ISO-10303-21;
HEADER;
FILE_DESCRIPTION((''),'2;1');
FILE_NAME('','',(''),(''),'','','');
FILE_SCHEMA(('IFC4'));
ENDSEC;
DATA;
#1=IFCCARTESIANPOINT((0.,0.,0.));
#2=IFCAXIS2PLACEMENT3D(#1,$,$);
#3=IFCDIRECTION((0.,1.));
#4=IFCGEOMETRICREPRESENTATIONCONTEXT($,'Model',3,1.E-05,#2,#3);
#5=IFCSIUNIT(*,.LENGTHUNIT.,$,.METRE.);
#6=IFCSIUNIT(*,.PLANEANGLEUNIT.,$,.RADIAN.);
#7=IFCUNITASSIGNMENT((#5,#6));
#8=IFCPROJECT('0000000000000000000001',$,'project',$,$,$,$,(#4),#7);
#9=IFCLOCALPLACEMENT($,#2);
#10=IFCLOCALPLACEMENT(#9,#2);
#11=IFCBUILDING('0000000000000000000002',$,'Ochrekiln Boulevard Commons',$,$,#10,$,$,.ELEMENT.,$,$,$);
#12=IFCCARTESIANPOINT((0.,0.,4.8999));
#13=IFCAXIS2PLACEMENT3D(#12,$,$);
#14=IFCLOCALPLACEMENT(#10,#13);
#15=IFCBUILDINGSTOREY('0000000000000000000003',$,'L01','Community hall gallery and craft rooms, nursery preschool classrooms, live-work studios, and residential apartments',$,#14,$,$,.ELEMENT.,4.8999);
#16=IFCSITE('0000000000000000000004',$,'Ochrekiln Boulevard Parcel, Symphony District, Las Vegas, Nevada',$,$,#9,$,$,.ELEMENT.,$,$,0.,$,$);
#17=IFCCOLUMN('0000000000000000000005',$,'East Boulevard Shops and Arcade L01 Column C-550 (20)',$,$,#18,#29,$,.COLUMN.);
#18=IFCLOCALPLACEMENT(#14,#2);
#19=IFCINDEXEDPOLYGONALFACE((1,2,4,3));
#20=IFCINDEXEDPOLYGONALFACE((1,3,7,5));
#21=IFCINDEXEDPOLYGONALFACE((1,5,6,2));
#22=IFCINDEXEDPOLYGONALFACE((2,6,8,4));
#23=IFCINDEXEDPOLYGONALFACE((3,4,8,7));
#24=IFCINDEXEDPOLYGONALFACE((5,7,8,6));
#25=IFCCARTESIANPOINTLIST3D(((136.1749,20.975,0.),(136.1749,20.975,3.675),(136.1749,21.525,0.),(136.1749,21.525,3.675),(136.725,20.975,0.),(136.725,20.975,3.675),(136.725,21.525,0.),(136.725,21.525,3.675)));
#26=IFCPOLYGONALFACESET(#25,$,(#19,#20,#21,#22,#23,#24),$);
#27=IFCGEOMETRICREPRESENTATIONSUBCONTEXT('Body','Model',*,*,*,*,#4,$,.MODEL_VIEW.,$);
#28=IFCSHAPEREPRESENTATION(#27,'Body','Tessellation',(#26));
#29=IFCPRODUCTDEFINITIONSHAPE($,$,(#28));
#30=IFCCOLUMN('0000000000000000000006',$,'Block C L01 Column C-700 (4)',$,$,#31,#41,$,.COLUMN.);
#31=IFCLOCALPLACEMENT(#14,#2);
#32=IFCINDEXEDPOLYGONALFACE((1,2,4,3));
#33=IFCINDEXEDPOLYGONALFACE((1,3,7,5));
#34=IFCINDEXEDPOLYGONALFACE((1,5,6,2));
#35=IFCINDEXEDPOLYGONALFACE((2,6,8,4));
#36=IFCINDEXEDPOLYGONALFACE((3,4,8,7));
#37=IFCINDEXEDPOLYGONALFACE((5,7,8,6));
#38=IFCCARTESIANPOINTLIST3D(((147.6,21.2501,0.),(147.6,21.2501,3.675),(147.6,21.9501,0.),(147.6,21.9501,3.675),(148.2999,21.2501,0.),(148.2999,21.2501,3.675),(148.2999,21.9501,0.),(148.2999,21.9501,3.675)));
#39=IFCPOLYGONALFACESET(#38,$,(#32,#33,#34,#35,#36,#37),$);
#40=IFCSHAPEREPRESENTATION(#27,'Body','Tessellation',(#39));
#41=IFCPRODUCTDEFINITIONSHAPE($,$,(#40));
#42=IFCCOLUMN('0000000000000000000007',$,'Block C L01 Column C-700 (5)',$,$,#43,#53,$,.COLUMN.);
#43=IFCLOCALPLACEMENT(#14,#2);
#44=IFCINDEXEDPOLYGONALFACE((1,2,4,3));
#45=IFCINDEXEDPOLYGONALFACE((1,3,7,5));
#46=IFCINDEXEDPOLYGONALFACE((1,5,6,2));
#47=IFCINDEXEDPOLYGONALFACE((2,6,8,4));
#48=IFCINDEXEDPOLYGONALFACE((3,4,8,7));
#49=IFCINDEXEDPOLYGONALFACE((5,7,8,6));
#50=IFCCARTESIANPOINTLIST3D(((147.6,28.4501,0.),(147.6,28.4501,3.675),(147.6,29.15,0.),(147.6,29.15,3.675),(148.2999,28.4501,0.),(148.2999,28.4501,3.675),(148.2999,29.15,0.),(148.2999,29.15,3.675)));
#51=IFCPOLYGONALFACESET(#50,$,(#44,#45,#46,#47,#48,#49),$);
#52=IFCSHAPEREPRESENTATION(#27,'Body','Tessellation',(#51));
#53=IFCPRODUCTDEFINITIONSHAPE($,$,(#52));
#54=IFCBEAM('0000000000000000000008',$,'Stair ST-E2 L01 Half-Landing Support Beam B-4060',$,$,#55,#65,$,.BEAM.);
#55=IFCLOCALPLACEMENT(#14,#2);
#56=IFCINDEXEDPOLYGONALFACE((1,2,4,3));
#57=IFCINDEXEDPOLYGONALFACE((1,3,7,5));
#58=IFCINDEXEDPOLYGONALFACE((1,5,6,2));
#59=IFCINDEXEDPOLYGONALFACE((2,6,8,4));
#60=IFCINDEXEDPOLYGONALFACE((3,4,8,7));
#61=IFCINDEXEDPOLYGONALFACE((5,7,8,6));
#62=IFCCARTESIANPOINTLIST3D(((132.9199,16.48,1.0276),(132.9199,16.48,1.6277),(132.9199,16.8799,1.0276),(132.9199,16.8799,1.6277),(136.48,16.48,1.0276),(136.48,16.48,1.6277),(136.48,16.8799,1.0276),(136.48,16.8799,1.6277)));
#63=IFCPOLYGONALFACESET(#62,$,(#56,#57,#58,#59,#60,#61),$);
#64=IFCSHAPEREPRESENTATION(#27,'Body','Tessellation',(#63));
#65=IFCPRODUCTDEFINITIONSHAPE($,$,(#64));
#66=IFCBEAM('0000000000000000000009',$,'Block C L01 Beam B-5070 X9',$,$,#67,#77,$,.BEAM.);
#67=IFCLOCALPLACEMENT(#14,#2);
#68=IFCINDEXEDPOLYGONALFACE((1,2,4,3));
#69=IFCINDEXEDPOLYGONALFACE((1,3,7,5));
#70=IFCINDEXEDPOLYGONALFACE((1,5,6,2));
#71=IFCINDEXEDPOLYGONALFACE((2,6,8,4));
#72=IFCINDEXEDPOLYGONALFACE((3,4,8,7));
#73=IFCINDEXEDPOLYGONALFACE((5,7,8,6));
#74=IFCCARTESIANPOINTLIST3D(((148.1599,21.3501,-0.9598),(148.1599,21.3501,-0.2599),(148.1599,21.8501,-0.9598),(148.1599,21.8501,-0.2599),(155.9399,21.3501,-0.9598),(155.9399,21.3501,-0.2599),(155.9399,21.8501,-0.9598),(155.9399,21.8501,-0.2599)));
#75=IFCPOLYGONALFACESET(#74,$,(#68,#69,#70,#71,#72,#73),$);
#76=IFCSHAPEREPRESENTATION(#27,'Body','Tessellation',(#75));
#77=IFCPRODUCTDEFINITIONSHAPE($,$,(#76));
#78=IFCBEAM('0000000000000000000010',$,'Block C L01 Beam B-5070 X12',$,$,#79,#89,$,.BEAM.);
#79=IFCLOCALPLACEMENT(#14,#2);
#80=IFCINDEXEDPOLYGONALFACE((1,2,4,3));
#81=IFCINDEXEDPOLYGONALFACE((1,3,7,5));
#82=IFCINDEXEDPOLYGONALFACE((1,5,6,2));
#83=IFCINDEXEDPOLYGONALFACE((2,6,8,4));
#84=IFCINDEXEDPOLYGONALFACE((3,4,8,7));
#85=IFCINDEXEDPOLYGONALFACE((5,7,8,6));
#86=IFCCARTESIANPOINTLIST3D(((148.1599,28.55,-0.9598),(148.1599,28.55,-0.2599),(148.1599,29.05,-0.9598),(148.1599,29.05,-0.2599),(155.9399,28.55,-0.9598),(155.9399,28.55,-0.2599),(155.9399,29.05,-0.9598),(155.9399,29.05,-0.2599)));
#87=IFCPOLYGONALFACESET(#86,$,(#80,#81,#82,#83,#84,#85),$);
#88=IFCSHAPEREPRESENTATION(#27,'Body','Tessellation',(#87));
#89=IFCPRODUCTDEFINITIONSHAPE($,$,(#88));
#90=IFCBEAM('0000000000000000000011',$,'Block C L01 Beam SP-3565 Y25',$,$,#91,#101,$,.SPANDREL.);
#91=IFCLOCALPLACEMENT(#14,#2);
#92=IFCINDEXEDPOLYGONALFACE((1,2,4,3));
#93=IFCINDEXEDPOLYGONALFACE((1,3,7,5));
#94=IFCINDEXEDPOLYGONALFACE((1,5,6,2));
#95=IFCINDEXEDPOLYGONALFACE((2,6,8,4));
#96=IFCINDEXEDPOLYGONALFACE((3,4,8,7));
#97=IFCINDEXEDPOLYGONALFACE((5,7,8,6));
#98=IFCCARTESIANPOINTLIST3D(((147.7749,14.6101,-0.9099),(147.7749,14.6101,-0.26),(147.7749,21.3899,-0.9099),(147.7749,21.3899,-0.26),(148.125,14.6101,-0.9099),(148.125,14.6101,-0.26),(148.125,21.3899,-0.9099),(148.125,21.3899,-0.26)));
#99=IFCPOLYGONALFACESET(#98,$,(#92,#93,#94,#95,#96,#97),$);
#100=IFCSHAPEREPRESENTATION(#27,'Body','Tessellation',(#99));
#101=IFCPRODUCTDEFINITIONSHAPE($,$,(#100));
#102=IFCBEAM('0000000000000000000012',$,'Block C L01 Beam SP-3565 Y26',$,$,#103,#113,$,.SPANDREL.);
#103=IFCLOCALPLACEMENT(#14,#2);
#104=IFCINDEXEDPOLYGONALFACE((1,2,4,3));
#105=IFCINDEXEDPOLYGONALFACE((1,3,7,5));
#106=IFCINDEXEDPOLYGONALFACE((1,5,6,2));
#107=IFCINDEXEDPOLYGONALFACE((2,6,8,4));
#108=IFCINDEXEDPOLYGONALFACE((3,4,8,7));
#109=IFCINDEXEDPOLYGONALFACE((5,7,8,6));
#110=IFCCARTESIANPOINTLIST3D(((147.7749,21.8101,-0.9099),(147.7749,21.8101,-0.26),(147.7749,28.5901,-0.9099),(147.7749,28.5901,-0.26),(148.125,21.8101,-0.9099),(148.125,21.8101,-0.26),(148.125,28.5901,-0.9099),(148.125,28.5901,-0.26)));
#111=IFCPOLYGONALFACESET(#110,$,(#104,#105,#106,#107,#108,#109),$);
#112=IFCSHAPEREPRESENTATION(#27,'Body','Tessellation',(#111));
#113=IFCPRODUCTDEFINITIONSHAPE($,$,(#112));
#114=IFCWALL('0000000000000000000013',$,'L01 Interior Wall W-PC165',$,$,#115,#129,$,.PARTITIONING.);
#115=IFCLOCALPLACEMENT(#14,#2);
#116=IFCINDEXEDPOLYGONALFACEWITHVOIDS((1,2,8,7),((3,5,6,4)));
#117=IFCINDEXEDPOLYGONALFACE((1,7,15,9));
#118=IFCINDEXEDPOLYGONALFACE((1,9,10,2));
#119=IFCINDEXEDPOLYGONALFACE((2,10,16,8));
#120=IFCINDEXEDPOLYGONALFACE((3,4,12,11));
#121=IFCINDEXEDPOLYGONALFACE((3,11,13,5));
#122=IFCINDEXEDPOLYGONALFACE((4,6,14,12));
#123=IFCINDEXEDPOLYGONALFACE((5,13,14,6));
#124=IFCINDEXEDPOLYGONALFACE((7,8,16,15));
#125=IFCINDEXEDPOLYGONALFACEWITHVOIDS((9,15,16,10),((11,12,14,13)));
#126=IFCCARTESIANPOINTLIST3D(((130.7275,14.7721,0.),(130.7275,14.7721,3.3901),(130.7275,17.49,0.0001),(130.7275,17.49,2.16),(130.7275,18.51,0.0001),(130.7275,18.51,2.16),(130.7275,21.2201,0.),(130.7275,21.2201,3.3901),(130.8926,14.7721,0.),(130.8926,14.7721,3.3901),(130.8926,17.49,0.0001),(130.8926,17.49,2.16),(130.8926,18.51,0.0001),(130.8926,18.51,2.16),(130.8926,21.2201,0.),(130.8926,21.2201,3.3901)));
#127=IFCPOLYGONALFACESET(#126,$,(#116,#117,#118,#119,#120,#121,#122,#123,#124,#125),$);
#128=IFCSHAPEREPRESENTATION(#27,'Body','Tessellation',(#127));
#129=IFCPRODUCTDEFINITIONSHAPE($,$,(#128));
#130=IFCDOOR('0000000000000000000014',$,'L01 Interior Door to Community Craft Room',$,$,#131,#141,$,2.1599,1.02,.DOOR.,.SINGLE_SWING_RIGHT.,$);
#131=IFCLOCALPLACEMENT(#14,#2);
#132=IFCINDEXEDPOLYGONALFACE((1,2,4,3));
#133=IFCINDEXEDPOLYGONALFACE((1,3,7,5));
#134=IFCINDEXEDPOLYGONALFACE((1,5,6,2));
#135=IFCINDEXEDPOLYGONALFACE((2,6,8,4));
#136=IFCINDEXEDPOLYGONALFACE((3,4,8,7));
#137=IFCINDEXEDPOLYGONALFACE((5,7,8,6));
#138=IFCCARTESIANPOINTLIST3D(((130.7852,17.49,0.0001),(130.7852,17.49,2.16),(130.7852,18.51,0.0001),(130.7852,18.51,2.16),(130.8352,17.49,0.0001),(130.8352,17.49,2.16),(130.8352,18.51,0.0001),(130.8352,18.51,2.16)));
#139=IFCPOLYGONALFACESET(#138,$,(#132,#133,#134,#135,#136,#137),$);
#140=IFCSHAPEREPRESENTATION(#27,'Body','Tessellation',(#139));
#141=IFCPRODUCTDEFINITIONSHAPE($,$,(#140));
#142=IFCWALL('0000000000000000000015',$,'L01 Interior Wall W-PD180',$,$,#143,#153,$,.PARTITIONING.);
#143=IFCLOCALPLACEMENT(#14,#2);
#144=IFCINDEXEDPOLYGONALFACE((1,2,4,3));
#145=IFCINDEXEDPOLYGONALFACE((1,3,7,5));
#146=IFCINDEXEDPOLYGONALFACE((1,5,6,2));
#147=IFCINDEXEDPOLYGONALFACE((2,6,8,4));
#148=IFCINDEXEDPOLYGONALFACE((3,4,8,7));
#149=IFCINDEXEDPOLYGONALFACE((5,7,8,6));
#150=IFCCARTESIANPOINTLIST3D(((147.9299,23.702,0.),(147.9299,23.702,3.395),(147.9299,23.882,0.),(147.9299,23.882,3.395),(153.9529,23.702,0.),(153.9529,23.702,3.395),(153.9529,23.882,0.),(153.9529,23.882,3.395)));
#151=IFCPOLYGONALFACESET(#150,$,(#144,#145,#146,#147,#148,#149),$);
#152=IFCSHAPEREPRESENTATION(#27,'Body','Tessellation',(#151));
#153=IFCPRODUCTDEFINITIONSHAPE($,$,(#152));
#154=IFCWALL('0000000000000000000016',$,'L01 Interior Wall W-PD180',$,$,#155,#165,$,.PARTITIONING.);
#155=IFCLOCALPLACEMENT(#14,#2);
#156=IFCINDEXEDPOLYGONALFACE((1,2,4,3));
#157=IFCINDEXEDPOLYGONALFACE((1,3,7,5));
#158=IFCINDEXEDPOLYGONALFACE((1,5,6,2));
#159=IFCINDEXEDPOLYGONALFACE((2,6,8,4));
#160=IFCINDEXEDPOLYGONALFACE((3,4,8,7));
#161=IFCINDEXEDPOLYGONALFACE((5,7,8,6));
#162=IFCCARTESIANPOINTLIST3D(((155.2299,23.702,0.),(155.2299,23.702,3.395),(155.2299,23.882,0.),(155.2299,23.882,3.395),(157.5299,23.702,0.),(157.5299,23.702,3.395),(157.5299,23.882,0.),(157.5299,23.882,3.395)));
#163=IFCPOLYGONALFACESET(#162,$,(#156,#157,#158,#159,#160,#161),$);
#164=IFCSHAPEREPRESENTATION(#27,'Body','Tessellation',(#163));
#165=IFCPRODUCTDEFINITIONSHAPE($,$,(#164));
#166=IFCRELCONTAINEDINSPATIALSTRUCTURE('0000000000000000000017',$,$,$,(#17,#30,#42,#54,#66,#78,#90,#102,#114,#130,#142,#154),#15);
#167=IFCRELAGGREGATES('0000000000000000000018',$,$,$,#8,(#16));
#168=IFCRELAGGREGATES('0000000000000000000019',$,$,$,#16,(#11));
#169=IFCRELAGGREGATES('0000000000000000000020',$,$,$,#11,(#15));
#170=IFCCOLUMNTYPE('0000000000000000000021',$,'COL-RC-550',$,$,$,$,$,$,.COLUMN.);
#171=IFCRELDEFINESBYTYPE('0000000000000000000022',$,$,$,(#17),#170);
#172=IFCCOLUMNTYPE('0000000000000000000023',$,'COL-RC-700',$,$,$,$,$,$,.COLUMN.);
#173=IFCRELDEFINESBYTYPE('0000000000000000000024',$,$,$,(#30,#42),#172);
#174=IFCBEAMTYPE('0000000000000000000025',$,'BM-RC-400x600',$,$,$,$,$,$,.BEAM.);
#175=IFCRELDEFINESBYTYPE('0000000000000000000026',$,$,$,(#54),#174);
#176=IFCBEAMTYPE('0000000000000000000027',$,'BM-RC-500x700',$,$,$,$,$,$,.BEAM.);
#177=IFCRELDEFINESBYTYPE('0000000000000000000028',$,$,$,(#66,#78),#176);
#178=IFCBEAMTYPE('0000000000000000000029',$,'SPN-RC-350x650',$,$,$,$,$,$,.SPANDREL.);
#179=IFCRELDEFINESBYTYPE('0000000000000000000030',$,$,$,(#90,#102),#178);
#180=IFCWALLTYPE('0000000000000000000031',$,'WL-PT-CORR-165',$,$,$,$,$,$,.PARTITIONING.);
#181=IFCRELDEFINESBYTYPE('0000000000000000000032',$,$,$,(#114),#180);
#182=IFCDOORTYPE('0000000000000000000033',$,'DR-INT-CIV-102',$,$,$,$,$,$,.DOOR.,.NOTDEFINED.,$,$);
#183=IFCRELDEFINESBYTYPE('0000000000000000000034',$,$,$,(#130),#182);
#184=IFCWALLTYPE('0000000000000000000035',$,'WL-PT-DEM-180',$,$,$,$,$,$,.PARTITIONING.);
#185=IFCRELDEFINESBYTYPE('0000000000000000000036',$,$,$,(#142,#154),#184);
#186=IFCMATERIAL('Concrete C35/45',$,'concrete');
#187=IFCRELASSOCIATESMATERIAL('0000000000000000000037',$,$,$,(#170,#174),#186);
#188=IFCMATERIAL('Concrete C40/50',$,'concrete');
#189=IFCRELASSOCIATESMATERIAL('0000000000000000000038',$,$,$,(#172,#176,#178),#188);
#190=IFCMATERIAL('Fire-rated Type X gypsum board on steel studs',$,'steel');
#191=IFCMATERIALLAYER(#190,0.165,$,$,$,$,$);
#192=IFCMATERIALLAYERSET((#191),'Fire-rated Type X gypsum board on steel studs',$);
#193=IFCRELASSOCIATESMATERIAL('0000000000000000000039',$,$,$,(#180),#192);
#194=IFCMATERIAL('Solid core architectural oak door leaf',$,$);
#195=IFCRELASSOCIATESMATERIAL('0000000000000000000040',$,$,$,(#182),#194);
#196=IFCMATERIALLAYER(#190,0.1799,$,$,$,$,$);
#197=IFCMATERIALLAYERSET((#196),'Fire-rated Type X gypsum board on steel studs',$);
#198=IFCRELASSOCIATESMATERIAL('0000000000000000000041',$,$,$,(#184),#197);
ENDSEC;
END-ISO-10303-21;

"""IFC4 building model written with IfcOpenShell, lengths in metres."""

from ifc_helpers import new_model, si_unit, direction, frame, frame_2d, origin, origin_2d, place, context, subcontext, project, spatial, rectangle, extrude, material, layer, layer_set, material_profile, profile_set, type_object, element, fill, save


model = new_model("IFC4")

# Units and contexts
model_context = context("Model", 3, precision=1e-05, world=origin(), true_north=direction((0.0, 1.0)))
body_context = subcontext(model_context, "Body", "Model", "MODEL_VIEW")
ifc_project = project(units=[si_unit("LENGTHUNIT", "METRE"), si_unit("PLANEANGLEUNIT", "RADIAN")], contexts=[model_context])

# Site, building, storey
site_placement = place(None, origin())
site = spatial("IfcSite", under=ifc_project, at=site_placement, Name="Ochrekiln Boulevard Parcel, Symphony District, Las Vegas, Nevada", CompositionType="ELEMENT", RefElevation=0.0)
building_placement = place(site_placement, origin())
building = spatial("IfcBuilding", under=site, at=building_placement, Name="Ochrekiln Boulevard Commons", CompositionType="ELEMENT")
storey_placement = place(building_placement, frame((0.0, 0.0, 4.8999)))
storey = spatial("IfcBuildingStorey", under=building, at=storey_placement, Name="L01", Description="Community hall gallery and craft rooms, nursery preschool classrooms, live-work studios, and residential apartments", CompositionType="ELEMENT", Elevation=4.8999)

# Columns
ifc_material_1 = material(Name="Concrete C35/45", Category="concrete")
ifc_material_profile_1 = material_profile(ifc_material_1, rectangle(XDim=0.55, YDim=0.55, at=origin_2d()), Name="RC-COL-550x550")
ifc_profile_set_1 = profile_set([ifc_material_profile_1], Name="Concrete C35/45")
column_type_1 = type_object("IfcColumnType", Name="COL-RC-550", PredefinedType="COLUMN", material=ifc_profile_set_1)
column_placement = place(storey_placement, frame((136.45, 21.25, 0.0), z_axis=(0.0, 0.0, 1.0), x_axis=(1.0, 0.0, 0.0)))
element("IfcColumn", 1, at=column_placement, inside=storey, type_object=column_type_1, Name="East Boulevard Shops and Arcade L01 Column C-550 (20)", PredefinedType="COLUMN", context=body_context, shape_type="SweptSolid", body=[
    extrude(rectangle(XDim=0.55, YDim=0.55, at=origin_2d()), origin(), (0.0, 0.0, 1.0), 3.675),
])
ifc_material_2 = material(Name="Concrete C40/50", Category="concrete")
ifc_material_profile_2 = material_profile(ifc_material_2, rectangle(XDim=0.7, YDim=0.7, at=origin_2d()), Name="RC-COL-700x700")
ifc_profile_set_2 = profile_set([ifc_material_profile_2], Name="Concrete C40/50")
column_type_2 = type_object("IfcColumnType", Name="COL-RC-700", PredefinedType="COLUMN", material=ifc_profile_set_2)
for number, where, z_axis, x_axis, name in (
    (2, (147.95, 21.6001, 0.0), (0.0, 0.0, 1.0), (1.0, 0.0, 0.0), "Block C L01 Column C-700 (4)"),
    (3, (147.95, 28.8, 0.0), (0.0, 0.0, 1.0), (1.0, 0.0, 0.0), "Block C L01 Column C-700 (5)"),
):
    element("IfcColumn", number, at=place(storey_placement, frame(where, z_axis=z_axis, x_axis=x_axis)), inside=storey, type_object=column_type_2, Name=name, PredefinedType="COLUMN", context=body_context, shape_type="SweptSolid", body=[
        extrude(rectangle(XDim=0.7, YDim=0.7, at=origin_2d()), origin(), (0.0, 0.0, 1.0), 3.675),
    ])

# Beams
ifc_material_profile_3 = material_profile(ifc_material_1, rectangle(XDim=0.3999, YDim=0.6001, at=origin_2d()), Name="RC-BM-400x600")
ifc_profile_set_3 = profile_set([ifc_material_profile_3], Name="Concrete C35/45")
beam_type_1 = type_object("IfcBeamType", Name="BM-RC-400x600", PredefinedType="BEAM", material=ifc_profile_set_3)
beam_1_placement = place(storey_placement, frame((132.9199, 16.6799, 1.3276), z_axis=(1.0, 0.0, 0.0), x_axis=(0.0, 1.0, 0.0)))
element("IfcBeam", 4, at=beam_1_placement, inside=storey, type_object=beam_type_1, Name="Stair ST-E2 L01 Half-Landing Support Beam B-4060", PredefinedType="BEAM", context=body_context, shape_type="SweptSolid", body=[
    extrude(rectangle(XDim=0.3999, YDim=0.6001, at=origin_2d()), origin(), (0.0, 0.0, 1.0), 3.5601),
])
ifc_material_profile_4 = material_profile(ifc_material_2, rectangle(XDim=0.5, YDim=0.7, at=origin_2d()), Name="RC-BM-500x700")
ifc_profile_set_4 = profile_set([ifc_material_profile_4], Name="Concrete C40/50")
beam_type_2 = type_object("IfcBeamType", Name="BM-RC-500x700", PredefinedType="BEAM", material=ifc_profile_set_4)
for number, where, z_axis, x_axis, name in (
    (5, (148.1599, 21.6001, -0.6099), (1.0, 0.0, 0.0), (0.0, 1.0, 0.0), "Block C L01 Beam B-5070 X9"),
    (6, (148.1599, 28.8, -0.6099), (1.0, 0.0, 0.0), (0.0, 1.0, 0.0), "Block C L01 Beam B-5070 X12"),
):
    element("IfcBeam", number, at=place(storey_placement, frame(where, z_axis=z_axis, x_axis=x_axis)), inside=storey, type_object=beam_type_2, Name=name, PredefinedType="BEAM", context=body_context, shape_type="SweptSolid", body=[
        extrude(rectangle(XDim=0.5, YDim=0.7, at=origin_2d()), origin(), (0.0, 0.0, 1.0), 7.78),
    ])
ifc_material_profile_5 = material_profile(ifc_material_2, rectangle(XDim=0.3501, YDim=0.6499, at=origin_2d()), Name="RC-SPN-350x650")
ifc_profile_set_5 = profile_set([ifc_material_profile_5], Name="Concrete C40/50")
beam_type_3 = type_object("IfcBeamType", Name="SPN-RC-350x650", PredefinedType="SPANDREL", material=ifc_profile_set_5)
beam_2_placement = place(storey_placement, frame((147.95, 14.6101, -0.585), z_axis=(0.0, 1.0, 0.0), x_axis=(-1.0, 0.0, 0.0)))
element("IfcBeam", 7, at=beam_2_placement, inside=storey, type_object=beam_type_3, Name="Block C L01 Beam SP-3565 Y25", PredefinedType="SPANDREL", context=body_context, shape_type="SweptSolid", body=[
    extrude(rectangle(XDim=0.3501, YDim=0.6499, at=origin_2d()), origin(), (0.0, 0.0, 1.0), 6.7798),
])
beam_3_placement = place(storey_placement, frame((147.95, 21.8101, -0.585), z_axis=(0.0, 1.0, 0.0), x_axis=(-1.0, 0.0, 0.0)))
element("IfcBeam", 8, at=beam_3_placement, inside=storey, type_object=beam_type_3, Name="Block C L01 Beam SP-3565 Y26", PredefinedType="SPANDREL", context=body_context, shape_type="SweptSolid", body=[
    extrude(rectangle(XDim=0.3501, YDim=0.6499, at=origin_2d()), origin(), (0.0, 0.0, 1.0), 6.78),
])

# Wall, opening, door
ifc_material_3 = material(Name="Fire-rated Type X gypsum board on steel studs", Category="steel")
ifc_layer_1 = layer(ifc_material_3, 0.165)
ifc_layer_set_1 = layer_set([ifc_layer_1], Name="Fire-rated Type X gypsum board on steel studs")
wall_type_1 = type_object("IfcWallType", Name="WL-PT-CORR-165", PredefinedType="PARTITIONING", material=ifc_layer_set_1)
wall_1_placement = place(storey_placement, frame((130.8101, 14.772, 0.0), z_axis=(0.0, 0.0, 1.0), x_axis=(0.0, 1.0, 0.0)))
wall_1 = element("IfcWall", 9, at=wall_1_placement, inside=storey, type_object=wall_type_1, Name="L01 Interior Wall W-PC165", PredefinedType="PARTITIONING", context=body_context, shape_type="SweptSolid", body=[
    extrude(rectangle(XDim=6.448, YDim=0.165, at=frame_2d((3.2241, 0.0))), origin(), (0.0, 0.0, 1.0), 3.3901),
])
opening_1_placement = place(wall_1_placement, frame((2.718, 0.0, 0.0)))
opening_1 = element("IfcOpeningElement", 10, at=opening_1_placement, cuts=wall_1, PredefinedType="OPENING", context=body_context, shape_type="SweptSolid", body=[
    extrude(rectangle(XDim=1.02, YDim=2.1599, at=frame_2d((0.51, 1.0801))), frame((0.0, 0.0925, 0.0), z_axis=(0.0, -1.0, 0.0), x_axis=(1.0, 0.0, 0.0)), (0.0, 0.0, 1.0), 0.1851),
])
ifc_material_4 = material(Name="Solid core architectural oak door leaf")
door_type_1 = type_object("IfcDoorType", Name="DR-INT-CIV-102", OperationType="NOTDEFINED", PredefinedType="DOOR", material=ifc_material_4)
door_1_placement = place(opening_1_placement, origin())
door_1 = element("IfcDoor", 11, at=door_1_placement, inside=storey, type_object=door_type_1, Name="L01 Interior Door to Community Craft Room", OperationType="SINGLE_SWING_RIGHT", OverallHeight=2.1599, OverallWidth=1.02, PredefinedType="DOOR", context=body_context, shape_type="SweptSolid", body=[
    extrude(rectangle(XDim=1.02, YDim=2.1599, at=frame_2d((0.51, 1.0801))), frame((0.0, 0.0249, 0.0), z_axis=(0.0, -1.0, 0.0), x_axis=(1.0, 0.0, 0.0)), (0.0, 0.0, 1.0), 0.05),
])
fill(opening_1, door_1)

# Walls
ifc_layer_2 = layer(ifc_material_3, 0.1799)
ifc_layer_set_2 = layer_set([ifc_layer_2], Name="Fire-rated Type X gypsum board on steel studs")
wall_type_2 = type_object("IfcWallType", Name="WL-PT-DEM-180", PredefinedType="PARTITIONING", material=ifc_layer_set_2)
wall_2_placement = place(storey_placement, frame((147.9299, 23.792, 0.0), z_axis=(0.0, 0.0, 1.0), x_axis=(1.0, 0.0, 0.0)))
element("IfcWall", 12, at=wall_2_placement, inside=storey, type_object=wall_type_2, Name="L01 Interior Wall W-PD180", PredefinedType="PARTITIONING", context=body_context, shape_type="SweptSolid", body=[
    extrude(rectangle(XDim=6.0229, YDim=0.1799, at=frame_2d((3.0115, 0.0))), origin(), (0.0, 0.0, 1.0), 3.395),
])
wall_3_placement = place(storey_placement, frame((155.23, 23.792, 0.0), z_axis=(0.0, 0.0, 1.0), x_axis=(1.0, 0.0, 0.0)))
element("IfcWall", 13, at=wall_3_placement, inside=storey, type_object=wall_type_2, Name="L01 Interior Wall W-PD180", PredefinedType="PARTITIONING", context=body_context, shape_type="SweptSolid", body=[
    extrude(rectangle(XDim=2.3, YDim=0.1799, at=frame_2d((1.1499, 0.0))), origin(), (0.0, 0.0, 1.0), 3.395),
])

save(model, "model.ifc")
